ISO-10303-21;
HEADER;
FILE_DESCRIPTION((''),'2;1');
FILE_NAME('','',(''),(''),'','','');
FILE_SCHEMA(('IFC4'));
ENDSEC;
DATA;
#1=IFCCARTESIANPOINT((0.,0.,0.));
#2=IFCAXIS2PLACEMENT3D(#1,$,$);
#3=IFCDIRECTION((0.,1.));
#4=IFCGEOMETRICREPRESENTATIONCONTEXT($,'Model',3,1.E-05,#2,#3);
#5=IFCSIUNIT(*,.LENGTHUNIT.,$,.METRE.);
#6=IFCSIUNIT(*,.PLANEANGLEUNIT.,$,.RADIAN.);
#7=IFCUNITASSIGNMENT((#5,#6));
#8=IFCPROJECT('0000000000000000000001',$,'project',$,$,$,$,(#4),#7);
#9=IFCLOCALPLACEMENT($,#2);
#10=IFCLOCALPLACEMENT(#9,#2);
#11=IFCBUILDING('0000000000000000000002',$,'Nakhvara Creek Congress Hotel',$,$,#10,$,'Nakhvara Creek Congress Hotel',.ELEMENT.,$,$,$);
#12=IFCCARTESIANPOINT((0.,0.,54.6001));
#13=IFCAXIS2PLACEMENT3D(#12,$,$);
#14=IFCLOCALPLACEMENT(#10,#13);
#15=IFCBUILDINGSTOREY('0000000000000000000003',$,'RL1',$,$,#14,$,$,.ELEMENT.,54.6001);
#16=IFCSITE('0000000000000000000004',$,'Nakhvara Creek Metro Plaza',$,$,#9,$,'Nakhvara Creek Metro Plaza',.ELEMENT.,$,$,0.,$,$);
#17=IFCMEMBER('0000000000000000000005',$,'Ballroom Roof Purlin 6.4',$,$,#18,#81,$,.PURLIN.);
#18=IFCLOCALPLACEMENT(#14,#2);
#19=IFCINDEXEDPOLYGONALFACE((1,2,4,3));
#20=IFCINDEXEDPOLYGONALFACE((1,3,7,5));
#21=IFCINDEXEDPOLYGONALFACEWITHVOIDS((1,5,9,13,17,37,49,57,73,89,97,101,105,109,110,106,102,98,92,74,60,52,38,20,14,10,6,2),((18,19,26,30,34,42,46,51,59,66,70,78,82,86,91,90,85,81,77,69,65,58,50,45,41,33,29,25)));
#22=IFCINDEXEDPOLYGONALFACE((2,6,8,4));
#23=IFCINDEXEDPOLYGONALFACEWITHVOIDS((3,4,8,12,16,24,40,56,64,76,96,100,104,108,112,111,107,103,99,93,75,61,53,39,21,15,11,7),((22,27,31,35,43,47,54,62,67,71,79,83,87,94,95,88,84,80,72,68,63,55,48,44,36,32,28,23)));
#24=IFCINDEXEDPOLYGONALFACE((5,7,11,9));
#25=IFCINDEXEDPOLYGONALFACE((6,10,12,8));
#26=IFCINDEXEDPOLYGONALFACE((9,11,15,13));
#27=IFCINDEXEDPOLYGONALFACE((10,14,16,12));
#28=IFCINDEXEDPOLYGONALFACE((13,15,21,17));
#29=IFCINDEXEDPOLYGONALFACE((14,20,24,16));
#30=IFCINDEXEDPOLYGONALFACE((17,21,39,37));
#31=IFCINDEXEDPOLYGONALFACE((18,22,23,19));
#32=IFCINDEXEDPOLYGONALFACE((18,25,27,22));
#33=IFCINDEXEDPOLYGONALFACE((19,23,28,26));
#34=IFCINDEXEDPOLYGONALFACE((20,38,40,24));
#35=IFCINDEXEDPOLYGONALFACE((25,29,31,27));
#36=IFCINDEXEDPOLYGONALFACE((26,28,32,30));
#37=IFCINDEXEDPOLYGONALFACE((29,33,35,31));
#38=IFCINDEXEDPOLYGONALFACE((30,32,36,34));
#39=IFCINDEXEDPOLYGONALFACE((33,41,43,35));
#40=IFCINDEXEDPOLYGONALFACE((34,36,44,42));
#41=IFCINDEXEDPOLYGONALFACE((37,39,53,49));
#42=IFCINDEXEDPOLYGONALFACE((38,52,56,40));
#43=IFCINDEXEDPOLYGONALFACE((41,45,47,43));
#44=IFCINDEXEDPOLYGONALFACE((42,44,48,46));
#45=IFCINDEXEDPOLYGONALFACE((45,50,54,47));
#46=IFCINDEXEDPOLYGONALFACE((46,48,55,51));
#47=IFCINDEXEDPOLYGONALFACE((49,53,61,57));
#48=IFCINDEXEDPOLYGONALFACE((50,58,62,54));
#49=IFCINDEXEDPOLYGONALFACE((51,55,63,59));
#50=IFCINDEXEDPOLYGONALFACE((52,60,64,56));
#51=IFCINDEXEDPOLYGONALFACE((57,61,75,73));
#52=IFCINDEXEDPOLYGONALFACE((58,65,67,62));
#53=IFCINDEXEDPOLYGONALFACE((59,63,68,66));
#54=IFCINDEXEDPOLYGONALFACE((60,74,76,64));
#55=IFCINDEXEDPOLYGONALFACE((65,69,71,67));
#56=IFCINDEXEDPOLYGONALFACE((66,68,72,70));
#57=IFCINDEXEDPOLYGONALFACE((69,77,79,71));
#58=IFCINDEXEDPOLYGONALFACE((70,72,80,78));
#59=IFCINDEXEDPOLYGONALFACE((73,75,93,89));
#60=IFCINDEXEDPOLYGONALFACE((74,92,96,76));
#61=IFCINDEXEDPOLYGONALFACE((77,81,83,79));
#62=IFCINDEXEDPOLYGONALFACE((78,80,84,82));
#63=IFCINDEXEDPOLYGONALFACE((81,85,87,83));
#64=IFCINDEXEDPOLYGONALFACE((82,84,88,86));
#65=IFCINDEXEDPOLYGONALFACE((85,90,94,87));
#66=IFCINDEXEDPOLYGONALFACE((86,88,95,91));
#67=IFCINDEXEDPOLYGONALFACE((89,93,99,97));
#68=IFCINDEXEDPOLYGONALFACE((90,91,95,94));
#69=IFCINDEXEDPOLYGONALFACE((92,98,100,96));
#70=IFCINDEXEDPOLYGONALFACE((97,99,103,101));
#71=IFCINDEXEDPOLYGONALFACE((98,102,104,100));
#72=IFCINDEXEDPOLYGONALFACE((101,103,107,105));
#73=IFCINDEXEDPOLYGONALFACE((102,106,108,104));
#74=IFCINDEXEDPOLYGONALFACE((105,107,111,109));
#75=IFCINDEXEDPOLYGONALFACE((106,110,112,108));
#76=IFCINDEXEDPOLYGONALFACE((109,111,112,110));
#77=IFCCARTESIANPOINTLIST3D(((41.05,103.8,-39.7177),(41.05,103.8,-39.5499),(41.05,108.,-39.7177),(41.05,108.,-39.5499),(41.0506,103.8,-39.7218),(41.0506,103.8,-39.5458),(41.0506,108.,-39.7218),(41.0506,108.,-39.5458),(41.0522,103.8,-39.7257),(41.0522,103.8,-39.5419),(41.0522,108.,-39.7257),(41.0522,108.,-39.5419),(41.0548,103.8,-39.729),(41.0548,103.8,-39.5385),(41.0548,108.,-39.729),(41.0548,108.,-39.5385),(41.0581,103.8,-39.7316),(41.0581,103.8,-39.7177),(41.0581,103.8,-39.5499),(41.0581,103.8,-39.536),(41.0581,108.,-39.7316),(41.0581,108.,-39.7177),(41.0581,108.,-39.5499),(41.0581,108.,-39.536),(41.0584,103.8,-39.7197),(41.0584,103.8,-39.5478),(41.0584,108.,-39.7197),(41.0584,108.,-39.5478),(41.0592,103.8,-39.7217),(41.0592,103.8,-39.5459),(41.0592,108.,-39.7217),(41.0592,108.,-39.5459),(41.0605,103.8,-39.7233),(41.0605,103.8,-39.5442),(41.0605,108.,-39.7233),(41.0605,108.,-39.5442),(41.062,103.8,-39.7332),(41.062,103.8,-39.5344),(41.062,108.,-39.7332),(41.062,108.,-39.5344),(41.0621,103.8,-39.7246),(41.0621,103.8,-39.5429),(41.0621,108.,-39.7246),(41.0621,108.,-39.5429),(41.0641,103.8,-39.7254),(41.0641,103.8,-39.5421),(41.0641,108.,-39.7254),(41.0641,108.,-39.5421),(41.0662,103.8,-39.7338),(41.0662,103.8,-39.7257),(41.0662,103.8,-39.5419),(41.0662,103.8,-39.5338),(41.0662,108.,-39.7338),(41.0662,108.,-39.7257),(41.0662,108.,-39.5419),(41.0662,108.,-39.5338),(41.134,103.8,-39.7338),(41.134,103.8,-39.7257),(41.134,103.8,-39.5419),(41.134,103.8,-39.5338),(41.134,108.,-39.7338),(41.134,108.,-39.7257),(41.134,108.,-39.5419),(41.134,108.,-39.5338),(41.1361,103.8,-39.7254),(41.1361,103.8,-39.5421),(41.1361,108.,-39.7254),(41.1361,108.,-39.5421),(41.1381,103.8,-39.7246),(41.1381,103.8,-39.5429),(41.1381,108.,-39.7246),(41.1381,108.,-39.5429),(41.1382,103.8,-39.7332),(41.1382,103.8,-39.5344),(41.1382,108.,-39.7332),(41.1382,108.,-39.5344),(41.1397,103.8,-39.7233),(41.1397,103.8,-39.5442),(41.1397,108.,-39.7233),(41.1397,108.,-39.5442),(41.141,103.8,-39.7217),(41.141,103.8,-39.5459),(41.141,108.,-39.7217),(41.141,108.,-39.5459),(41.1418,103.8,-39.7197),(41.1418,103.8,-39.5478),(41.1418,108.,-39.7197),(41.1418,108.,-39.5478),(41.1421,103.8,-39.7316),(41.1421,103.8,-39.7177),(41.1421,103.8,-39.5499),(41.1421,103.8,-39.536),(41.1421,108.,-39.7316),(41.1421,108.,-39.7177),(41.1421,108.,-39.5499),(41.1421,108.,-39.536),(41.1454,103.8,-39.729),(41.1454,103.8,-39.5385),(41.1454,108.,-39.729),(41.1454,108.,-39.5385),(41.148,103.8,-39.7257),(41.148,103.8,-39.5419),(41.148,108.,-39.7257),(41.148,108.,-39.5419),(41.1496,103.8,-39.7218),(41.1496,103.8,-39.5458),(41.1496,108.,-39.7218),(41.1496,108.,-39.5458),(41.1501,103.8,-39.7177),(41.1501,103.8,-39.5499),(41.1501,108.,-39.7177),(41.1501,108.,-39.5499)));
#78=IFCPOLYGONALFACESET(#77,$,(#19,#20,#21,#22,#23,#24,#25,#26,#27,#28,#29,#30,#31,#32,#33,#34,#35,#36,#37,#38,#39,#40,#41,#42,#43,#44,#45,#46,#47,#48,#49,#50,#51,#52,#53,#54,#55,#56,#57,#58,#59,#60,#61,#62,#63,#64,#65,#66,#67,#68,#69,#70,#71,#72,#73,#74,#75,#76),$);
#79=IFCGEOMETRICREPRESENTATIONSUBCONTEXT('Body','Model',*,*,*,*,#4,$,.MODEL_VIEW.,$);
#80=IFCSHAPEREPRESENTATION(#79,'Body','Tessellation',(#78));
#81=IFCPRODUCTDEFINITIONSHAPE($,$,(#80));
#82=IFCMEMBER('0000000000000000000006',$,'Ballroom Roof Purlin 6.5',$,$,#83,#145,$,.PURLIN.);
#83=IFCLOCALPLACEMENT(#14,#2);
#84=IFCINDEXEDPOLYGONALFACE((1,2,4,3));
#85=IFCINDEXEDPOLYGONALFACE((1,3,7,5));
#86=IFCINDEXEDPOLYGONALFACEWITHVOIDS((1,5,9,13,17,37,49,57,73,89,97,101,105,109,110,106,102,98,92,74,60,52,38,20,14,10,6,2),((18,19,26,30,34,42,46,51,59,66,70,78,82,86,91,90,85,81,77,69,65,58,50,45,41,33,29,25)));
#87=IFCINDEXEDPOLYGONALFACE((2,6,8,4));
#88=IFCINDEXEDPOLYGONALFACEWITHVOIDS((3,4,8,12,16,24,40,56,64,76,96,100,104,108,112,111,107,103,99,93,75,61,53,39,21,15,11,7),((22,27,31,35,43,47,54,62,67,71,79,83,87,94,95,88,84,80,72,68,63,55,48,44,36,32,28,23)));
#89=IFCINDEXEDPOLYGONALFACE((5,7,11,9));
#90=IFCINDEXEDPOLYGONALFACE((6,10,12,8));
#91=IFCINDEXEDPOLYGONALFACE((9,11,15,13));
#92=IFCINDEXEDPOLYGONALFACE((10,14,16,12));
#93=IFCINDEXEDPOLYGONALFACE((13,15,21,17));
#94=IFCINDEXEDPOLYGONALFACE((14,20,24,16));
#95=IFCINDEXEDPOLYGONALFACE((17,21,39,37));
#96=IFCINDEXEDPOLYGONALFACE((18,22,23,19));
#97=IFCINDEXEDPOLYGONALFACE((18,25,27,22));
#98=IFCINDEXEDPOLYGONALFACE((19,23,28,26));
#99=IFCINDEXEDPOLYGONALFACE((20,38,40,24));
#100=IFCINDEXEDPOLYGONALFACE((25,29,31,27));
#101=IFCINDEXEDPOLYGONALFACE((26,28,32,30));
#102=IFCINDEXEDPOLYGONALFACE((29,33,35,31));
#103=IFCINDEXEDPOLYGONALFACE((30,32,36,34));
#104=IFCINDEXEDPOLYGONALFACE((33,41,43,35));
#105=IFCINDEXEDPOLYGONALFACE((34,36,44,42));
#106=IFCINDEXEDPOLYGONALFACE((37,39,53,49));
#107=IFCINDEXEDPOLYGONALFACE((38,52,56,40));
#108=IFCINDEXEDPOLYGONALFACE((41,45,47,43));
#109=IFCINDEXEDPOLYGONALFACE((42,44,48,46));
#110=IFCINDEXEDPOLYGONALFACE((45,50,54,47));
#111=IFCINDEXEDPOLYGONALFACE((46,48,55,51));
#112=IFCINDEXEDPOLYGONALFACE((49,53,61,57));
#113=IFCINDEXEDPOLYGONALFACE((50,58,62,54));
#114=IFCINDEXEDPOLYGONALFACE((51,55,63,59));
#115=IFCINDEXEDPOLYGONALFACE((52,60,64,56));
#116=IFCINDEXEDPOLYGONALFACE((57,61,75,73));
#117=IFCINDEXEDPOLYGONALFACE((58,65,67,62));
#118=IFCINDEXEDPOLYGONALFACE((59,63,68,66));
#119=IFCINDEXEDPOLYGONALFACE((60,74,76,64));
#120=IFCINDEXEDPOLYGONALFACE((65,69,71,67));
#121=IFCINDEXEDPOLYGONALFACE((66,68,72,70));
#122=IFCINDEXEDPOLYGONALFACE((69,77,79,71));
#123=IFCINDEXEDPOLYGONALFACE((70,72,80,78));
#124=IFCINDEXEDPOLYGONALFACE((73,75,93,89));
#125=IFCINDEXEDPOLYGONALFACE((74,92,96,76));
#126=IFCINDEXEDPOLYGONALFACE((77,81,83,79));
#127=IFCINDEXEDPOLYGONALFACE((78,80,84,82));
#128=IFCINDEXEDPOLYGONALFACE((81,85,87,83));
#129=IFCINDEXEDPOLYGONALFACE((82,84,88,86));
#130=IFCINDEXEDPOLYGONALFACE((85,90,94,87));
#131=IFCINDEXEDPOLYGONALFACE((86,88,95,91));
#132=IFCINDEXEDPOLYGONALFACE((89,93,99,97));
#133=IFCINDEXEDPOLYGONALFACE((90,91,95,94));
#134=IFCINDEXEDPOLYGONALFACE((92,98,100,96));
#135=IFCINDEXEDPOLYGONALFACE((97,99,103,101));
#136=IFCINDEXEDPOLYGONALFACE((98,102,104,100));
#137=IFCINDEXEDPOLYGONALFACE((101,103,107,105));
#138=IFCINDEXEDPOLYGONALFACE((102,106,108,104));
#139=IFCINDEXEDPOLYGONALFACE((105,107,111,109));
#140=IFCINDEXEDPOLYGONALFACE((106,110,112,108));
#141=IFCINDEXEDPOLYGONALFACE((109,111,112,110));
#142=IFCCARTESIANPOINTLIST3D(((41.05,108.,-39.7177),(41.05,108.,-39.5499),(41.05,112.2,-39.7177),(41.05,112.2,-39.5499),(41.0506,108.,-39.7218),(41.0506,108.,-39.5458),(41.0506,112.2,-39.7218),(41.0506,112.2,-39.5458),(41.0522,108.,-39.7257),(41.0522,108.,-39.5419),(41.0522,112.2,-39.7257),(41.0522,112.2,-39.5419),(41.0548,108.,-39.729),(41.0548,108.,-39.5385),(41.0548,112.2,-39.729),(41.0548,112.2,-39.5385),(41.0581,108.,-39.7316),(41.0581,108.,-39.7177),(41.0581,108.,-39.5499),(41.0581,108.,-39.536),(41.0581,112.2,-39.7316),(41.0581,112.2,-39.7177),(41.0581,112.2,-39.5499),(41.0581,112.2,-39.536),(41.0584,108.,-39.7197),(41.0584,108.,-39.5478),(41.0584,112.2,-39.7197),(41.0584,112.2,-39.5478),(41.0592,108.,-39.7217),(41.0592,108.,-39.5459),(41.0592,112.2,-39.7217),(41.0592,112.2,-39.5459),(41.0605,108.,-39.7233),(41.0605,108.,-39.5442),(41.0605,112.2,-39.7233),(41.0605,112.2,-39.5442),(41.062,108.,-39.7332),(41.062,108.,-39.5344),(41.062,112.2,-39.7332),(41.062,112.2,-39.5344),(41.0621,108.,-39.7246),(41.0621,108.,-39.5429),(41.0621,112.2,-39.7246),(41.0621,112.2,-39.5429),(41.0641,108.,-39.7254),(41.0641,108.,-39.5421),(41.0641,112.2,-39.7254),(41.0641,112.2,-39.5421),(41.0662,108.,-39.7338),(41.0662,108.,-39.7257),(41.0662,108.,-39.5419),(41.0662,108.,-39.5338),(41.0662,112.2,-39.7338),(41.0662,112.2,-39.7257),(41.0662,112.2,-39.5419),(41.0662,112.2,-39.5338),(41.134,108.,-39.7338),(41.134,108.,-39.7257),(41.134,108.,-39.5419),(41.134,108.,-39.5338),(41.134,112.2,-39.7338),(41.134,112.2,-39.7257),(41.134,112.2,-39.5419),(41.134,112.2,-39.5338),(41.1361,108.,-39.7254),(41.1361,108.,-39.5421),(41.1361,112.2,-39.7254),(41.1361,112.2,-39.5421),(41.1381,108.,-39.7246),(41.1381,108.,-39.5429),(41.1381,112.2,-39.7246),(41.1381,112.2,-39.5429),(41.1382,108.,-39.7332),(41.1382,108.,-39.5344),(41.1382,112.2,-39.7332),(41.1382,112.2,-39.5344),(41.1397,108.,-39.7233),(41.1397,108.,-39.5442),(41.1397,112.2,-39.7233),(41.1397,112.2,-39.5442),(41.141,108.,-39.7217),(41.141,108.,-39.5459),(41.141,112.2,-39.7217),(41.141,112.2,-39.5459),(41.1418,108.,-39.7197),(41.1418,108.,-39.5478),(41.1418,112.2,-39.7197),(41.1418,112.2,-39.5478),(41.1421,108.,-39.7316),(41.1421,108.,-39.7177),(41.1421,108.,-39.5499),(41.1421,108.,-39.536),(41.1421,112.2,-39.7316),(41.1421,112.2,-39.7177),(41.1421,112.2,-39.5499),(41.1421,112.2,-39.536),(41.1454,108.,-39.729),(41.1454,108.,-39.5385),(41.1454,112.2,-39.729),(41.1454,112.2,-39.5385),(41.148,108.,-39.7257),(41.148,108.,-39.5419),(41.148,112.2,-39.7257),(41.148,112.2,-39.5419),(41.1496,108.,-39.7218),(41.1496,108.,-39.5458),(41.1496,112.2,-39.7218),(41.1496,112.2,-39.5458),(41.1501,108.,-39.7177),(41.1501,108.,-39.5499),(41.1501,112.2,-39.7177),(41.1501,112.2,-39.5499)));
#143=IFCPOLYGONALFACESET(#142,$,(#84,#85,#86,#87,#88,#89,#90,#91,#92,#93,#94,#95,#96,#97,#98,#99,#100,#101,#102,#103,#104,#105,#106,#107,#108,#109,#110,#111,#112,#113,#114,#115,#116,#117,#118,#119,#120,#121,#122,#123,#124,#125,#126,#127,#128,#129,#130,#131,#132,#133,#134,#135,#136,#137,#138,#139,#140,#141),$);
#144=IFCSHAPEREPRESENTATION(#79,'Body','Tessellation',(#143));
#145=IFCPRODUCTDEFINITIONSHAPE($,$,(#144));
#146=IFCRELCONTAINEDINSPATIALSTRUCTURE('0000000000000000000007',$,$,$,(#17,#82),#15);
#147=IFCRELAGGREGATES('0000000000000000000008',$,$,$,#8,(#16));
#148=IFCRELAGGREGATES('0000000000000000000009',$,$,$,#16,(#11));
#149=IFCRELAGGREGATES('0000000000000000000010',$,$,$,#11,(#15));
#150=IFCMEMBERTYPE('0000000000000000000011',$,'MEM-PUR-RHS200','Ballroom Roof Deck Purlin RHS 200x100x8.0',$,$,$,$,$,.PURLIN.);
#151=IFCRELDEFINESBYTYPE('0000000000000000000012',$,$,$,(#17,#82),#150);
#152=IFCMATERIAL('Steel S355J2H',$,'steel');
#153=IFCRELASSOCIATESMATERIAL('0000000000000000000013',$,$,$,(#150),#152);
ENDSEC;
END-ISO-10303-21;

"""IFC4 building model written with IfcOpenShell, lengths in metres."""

from ifc_helpers import new_model, si_unit, direction, frame, origin, origin_2d, place, context, subcontext, project, spatial, hollow_rectangle, extrude, material, material_profile, profile_set, type_object, element, save


model = new_model("IFC4")

# Units and contexts
model_context = context("Model", 3, precision=1e-05, world=origin(), true_north=direction((0.0, 1.0)))
body_context = subcontext(model_context, "Body", "Model", "MODEL_VIEW")
ifc_project = project(units=[si_unit("LENGTHUNIT", "METRE"), si_unit("PLANEANGLEUNIT", "RADIAN")], contexts=[model_context])

# Site, building, storey
site_placement = place(None, origin())
site = spatial("IfcSite", under=ifc_project, at=site_placement, Name="Nakhvara Creek Metro Plaza", LongName="Nakhvara Creek Metro Plaza", CompositionType="ELEMENT", RefElevation=0.0)
building_placement = place(site_placement, origin())
building = spatial("IfcBuilding", under=site, at=building_placement, Name="Nakhvara Creek Congress Hotel", LongName="Nakhvara Creek Congress Hotel", CompositionType="ELEMENT")
storey_placement = place(building_placement, frame((0.0, 0.0, 54.6001)))
storey = spatial("IfcBuildingStorey", under=building, at=storey_placement, Name="RL1", CompositionType="ELEMENT", Elevation=54.6001)

# Members
ifc_material_1 = material(Name="Steel S355J2H", Category="steel")
ifc_material_profile_1 = material_profile(ifc_material_1, hollow_rectangle(XDim=0.1001, YDim=0.2, WallThickness=0.0081, InnerFilletRadius=0.0081, OuterFilletRadius=0.0161, at=origin_2d()), Name="RHS 200x100x8.0", Category="LoadBearing")
ifc_profile_set_1 = profile_set([ifc_material_profile_1], Name="Steel S355J2H")
member_type_1 = type_object("IfcMemberType", Name="MEM-PUR-RHS200", Description="Ballroom Roof Deck Purlin RHS 200x100x8.0", PredefinedType="PURLIN", material=ifc_profile_set_1)
for number, where, z_axis, x_axis, name in (
    (1, (41.1001, 103.8, -39.6338), (0.0, 1.0, 0.0), (-1.0, 0.0, 0.0), "Ballroom Roof Purlin 6.4"),
    (2, (41.1001, 108.0, -39.6338), (0.0, 1.0, 0.0), (-1.0, 0.0, 0.0), "Ballroom Roof Purlin 6.5"),
):
    element("IfcMember", number, at=place(storey_placement, frame(where, z_axis=z_axis, x_axis=x_axis)), inside=storey, type_object=member_type_1, Name=name, PredefinedType="PURLIN", context=body_context, shape_type="SweptSolid", body=[
        extrude(hollow_rectangle(XDim=0.1001, YDim=0.2, WallThickness=0.0081, InnerFilletRadius=0.0081, OuterFilletRadius=0.0161, at=origin_2d()), origin(), (0.0, 0.0, 1.0), 4.2),
    ])

save(model, "model.ifc")
